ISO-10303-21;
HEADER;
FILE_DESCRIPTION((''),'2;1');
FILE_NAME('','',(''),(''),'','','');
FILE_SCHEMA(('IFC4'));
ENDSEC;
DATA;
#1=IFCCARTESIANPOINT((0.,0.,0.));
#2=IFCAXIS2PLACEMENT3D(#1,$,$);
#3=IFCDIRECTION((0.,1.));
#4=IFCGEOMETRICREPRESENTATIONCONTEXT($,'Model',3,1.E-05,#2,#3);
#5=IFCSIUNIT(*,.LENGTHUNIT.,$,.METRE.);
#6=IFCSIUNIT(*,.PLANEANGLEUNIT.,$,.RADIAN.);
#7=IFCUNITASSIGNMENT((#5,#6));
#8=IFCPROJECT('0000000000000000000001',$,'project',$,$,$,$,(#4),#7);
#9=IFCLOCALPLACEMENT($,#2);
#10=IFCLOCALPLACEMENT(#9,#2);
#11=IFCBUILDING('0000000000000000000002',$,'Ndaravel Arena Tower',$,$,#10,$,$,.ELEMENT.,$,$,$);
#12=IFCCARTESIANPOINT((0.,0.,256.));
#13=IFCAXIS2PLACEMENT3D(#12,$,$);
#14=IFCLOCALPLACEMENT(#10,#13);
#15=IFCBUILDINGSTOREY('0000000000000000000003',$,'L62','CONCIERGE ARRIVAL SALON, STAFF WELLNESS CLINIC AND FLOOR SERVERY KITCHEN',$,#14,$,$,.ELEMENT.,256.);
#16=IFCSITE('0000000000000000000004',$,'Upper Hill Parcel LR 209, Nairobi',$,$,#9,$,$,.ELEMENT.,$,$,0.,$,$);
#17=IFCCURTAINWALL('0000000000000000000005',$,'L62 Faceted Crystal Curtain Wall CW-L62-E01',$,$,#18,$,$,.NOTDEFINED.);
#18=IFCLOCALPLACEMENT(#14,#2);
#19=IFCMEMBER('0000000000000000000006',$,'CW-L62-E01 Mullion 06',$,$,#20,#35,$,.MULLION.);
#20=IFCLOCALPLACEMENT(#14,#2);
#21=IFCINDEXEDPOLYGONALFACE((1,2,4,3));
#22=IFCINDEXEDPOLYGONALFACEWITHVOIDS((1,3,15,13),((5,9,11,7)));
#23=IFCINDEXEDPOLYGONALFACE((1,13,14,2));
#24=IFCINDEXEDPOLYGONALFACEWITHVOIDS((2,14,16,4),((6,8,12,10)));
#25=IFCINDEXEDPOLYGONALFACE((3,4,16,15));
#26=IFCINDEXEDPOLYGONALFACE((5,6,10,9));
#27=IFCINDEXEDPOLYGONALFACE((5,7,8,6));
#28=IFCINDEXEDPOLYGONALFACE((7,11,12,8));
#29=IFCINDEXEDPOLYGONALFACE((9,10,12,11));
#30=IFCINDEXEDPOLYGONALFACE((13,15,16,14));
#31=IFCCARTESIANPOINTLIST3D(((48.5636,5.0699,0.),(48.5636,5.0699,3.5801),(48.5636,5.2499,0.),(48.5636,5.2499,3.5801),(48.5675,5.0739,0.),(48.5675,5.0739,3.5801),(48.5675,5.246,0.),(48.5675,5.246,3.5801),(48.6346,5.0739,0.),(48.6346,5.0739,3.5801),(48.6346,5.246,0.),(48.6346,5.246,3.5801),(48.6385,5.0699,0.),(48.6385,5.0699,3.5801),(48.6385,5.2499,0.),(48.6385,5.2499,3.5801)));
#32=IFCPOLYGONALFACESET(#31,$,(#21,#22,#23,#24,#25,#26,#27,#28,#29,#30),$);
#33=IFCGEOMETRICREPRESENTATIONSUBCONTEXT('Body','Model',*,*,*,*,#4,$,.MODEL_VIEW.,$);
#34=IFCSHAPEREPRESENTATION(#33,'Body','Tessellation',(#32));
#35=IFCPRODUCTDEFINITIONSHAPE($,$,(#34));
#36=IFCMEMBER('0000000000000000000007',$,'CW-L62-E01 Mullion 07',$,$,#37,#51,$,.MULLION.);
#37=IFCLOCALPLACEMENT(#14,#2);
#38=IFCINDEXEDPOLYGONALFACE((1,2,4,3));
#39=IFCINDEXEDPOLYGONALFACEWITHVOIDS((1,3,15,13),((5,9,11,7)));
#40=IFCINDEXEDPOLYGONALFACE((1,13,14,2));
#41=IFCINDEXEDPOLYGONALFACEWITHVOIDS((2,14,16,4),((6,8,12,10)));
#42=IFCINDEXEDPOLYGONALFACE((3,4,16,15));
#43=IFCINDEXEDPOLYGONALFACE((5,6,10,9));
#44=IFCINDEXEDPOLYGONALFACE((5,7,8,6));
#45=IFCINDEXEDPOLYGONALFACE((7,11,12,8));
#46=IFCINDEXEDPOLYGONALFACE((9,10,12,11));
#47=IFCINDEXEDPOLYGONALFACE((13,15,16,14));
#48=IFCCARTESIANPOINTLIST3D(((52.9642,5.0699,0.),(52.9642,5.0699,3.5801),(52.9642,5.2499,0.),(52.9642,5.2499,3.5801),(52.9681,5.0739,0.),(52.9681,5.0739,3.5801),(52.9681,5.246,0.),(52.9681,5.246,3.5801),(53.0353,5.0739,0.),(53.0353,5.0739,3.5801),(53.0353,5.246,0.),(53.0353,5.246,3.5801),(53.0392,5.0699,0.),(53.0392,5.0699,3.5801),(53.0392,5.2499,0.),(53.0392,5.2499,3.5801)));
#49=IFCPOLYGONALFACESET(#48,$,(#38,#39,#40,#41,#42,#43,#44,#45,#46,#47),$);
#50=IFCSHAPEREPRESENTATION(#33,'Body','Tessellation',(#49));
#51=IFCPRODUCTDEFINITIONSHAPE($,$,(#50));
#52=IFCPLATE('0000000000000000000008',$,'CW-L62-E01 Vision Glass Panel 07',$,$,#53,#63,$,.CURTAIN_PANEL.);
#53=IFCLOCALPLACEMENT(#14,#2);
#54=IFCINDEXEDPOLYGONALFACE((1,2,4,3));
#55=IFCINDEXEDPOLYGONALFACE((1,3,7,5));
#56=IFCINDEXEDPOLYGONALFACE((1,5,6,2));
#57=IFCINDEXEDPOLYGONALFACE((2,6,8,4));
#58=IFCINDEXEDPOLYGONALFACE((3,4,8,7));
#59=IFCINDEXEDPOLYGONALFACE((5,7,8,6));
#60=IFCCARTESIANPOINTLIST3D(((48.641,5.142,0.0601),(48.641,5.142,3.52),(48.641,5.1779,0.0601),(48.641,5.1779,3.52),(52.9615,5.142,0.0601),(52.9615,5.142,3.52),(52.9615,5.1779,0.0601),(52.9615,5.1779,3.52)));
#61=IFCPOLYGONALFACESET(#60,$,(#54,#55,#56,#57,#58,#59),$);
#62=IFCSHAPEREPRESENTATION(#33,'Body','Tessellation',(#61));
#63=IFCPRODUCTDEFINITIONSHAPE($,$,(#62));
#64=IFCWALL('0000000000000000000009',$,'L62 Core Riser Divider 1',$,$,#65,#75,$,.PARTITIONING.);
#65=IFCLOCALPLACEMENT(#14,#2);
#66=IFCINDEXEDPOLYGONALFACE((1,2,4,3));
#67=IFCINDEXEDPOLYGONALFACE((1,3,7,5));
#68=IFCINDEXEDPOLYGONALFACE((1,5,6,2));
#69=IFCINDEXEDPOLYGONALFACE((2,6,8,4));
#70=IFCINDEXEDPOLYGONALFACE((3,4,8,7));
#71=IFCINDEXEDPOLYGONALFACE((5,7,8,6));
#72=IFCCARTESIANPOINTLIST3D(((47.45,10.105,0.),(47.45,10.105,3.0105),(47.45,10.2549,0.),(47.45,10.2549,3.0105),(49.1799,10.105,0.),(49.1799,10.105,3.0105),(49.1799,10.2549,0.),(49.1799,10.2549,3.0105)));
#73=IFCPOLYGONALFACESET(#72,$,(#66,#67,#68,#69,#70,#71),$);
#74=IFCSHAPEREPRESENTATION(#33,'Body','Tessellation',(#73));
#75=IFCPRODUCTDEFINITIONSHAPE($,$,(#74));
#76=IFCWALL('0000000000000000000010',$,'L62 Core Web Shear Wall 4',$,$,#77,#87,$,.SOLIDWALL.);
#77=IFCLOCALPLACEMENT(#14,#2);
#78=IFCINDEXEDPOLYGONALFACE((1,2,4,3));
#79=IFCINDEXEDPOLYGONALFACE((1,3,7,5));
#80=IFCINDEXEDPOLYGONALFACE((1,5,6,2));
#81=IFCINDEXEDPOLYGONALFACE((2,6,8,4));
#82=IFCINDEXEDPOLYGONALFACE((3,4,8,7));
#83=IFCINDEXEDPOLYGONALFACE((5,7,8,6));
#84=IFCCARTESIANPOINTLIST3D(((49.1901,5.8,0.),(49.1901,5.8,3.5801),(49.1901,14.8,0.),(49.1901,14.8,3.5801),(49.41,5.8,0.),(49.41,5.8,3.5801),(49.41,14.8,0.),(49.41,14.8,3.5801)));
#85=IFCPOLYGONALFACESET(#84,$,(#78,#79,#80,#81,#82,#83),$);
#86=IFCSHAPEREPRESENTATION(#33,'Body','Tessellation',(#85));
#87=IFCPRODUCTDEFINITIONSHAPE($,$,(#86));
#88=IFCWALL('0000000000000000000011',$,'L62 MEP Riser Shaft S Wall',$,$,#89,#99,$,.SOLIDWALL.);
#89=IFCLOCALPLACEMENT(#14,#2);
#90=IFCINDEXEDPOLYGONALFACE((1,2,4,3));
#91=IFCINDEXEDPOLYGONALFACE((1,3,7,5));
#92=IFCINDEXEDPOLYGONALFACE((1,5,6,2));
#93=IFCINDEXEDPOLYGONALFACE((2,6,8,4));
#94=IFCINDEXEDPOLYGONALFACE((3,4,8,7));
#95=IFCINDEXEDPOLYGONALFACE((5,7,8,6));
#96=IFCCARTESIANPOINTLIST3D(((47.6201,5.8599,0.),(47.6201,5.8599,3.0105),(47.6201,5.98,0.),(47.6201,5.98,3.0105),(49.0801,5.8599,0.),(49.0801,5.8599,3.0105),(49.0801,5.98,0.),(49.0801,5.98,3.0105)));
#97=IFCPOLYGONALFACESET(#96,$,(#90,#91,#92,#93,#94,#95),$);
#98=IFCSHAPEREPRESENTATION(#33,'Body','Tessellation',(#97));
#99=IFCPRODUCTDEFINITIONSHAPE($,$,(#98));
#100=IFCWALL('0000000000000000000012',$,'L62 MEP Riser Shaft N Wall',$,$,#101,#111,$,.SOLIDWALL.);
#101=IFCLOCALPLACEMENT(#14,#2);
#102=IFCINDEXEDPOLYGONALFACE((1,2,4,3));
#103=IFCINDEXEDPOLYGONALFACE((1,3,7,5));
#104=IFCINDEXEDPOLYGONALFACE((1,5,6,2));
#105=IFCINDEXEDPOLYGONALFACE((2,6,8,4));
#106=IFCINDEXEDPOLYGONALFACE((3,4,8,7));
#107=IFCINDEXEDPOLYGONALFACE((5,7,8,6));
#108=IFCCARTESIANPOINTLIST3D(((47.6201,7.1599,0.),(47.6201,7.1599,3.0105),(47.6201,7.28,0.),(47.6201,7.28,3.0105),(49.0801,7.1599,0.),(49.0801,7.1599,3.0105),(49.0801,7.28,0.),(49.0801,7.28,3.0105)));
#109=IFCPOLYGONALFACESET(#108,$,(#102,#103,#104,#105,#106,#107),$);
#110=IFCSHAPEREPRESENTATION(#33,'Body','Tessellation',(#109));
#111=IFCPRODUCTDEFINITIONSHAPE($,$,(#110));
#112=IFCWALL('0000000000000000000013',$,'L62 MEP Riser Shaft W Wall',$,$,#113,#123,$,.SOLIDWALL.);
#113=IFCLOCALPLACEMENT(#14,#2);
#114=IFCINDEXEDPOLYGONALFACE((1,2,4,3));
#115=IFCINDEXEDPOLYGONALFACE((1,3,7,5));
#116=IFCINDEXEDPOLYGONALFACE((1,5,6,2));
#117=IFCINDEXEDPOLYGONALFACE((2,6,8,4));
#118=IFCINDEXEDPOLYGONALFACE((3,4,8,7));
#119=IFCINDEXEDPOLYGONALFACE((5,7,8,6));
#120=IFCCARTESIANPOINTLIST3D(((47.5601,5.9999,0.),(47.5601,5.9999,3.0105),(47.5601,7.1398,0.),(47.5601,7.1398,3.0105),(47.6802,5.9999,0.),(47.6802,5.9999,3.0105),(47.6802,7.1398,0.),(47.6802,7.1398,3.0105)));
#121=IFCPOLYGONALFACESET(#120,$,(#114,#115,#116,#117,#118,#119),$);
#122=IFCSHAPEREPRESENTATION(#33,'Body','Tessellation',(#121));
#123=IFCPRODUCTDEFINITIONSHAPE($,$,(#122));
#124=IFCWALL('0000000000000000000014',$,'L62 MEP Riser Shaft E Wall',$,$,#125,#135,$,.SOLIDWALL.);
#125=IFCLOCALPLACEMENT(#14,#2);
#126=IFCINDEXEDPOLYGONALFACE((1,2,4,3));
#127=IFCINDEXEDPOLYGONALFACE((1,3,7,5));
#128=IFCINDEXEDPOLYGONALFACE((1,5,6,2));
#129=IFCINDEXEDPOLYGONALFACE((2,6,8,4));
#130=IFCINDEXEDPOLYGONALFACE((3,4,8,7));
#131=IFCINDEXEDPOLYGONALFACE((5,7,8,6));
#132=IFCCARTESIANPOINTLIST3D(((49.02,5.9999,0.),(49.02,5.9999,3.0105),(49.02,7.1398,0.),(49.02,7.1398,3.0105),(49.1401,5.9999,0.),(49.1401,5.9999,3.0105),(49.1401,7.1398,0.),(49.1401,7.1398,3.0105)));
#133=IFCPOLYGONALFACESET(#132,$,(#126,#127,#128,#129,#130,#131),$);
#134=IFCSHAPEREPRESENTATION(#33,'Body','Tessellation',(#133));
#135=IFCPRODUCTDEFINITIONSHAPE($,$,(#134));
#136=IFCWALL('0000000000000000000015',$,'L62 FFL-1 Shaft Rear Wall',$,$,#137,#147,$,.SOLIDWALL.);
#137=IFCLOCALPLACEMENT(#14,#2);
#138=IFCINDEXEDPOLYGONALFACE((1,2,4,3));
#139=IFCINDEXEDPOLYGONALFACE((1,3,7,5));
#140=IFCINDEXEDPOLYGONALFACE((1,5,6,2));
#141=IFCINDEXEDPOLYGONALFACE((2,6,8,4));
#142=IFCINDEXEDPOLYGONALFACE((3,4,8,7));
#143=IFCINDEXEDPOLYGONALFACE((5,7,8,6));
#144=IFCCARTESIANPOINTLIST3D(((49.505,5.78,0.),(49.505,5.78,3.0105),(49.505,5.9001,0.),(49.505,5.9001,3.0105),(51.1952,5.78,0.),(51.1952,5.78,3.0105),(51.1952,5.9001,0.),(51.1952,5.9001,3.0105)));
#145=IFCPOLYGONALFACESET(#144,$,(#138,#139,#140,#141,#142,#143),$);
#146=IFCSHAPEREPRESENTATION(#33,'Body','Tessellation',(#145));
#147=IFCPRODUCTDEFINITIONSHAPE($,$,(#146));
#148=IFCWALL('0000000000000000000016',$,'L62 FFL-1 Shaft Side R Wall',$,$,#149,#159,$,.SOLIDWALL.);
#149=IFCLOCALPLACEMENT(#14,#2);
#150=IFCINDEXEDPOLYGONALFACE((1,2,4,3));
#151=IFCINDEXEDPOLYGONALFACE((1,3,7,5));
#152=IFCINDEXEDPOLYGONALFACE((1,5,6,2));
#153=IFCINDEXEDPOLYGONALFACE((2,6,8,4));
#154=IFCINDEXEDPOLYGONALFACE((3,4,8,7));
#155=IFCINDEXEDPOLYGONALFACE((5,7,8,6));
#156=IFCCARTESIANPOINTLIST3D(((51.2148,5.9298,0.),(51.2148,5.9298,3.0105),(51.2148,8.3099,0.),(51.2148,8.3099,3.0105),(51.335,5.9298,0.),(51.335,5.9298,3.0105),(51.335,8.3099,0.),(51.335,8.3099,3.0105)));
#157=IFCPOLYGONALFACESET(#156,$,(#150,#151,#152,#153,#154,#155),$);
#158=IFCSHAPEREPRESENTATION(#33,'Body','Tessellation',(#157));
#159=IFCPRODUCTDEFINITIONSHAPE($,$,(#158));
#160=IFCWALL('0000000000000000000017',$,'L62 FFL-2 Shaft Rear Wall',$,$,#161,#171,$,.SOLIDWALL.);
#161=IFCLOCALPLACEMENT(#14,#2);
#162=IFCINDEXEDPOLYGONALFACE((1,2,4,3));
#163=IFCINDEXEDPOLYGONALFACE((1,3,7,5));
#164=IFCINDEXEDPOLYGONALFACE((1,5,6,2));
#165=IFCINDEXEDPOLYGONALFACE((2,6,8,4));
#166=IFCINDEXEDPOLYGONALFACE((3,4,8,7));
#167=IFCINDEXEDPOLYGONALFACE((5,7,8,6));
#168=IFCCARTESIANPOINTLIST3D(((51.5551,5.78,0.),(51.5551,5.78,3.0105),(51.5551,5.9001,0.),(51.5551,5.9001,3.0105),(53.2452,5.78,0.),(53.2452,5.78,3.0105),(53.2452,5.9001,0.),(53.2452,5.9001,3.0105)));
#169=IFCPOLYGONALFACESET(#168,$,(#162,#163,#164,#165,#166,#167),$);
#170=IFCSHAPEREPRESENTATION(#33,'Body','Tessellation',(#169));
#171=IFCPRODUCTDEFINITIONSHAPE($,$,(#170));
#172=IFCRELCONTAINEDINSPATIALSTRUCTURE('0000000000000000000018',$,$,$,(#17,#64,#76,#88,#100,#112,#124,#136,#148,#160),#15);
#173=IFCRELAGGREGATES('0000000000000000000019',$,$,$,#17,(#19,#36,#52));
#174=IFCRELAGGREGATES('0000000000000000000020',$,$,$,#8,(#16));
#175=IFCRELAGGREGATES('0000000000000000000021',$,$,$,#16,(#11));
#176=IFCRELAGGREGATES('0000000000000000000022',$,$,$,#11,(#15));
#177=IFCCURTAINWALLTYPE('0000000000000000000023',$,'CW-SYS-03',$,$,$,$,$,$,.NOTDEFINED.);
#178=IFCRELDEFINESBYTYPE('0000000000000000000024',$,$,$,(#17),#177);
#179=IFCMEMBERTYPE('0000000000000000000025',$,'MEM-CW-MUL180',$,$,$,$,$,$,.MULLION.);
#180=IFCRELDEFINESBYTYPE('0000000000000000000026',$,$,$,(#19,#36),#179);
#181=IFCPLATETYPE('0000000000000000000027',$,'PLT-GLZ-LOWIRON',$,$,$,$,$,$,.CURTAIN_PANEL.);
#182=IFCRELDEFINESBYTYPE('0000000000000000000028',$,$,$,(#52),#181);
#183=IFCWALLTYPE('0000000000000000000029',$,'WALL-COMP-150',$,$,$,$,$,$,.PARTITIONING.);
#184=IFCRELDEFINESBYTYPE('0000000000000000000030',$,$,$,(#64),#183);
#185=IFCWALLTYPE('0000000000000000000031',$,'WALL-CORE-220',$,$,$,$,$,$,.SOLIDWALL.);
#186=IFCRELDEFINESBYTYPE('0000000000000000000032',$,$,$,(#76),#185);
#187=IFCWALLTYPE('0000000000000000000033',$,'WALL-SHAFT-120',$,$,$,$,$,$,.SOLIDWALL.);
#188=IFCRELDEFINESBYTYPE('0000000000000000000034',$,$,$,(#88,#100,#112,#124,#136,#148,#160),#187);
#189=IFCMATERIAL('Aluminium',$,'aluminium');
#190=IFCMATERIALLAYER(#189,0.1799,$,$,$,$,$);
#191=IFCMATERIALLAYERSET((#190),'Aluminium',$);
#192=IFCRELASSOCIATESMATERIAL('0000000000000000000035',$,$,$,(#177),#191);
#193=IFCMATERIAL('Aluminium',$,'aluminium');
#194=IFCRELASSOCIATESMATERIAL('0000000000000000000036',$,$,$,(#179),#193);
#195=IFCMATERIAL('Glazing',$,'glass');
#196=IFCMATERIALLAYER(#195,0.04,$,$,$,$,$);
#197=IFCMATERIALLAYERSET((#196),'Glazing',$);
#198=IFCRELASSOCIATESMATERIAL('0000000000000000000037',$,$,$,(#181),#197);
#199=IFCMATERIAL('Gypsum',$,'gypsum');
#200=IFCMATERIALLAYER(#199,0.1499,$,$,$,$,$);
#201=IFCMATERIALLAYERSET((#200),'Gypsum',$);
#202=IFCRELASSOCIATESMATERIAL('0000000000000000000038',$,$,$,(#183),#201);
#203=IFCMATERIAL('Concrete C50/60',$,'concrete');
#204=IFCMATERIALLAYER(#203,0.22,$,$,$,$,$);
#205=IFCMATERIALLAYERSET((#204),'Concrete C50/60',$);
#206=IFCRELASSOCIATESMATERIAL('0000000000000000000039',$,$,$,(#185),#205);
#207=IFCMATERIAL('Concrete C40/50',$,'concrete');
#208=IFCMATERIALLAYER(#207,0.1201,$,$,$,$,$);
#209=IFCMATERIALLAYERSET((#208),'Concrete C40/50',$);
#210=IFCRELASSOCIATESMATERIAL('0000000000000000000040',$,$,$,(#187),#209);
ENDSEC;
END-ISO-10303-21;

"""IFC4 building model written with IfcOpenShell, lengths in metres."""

from ifc_helpers import new_model, si_unit, direction, frame, frame_2d, origin, origin_2d, place, context, subcontext, project, spatial, rectangle, hollow_rectangle, extrude, material, layer, layer_set, material_profile, profile_set, type_object, element, aggregate, save


model = new_model("IFC4")

# Units and contexts
model_context = context("Model", 3, precision=1e-05, world=origin(), true_north=direction((0.0, 1.0)))
body_context = subcontext(model_context, "Body", "Model", "MODEL_VIEW")
ifc_project = project(units=[si_unit("LENGTHUNIT", "METRE"), si_unit("PLANEANGLEUNIT", "RADIAN")], contexts=[model_context])

# Site, building, storey
site_placement = place(None, origin())
site = spatial("IfcSite", under=ifc_project, at=site_placement, Name="Upper Hill Parcel LR 209, Nairobi", CompositionType="ELEMENT", RefElevation=0.0)
building_placement = place(site_placement, origin())
building = spatial("IfcBuilding", under=site, at=building_placement, Name="Ndaravel Arena Tower", CompositionType="ELEMENT")
storey_placement = place(building_placement, frame((0.0, 0.0, 256.0)))
storey = spatial("IfcBuildingStorey", under=building, at=storey_placement, Name="L62", Description="CONCIERGE ARRIVAL SALON, STAFF WELLNESS CLINIC AND FLOOR SERVERY KITCHEN", CompositionType="ELEMENT", Elevation=256.0)

# Curtain wall, members, plate
ifc_material_1 = material(Name="Aluminium", Category="aluminium")
ifc_layer_1 = layer(ifc_material_1, 0.1799)
ifc_layer_set_1 = layer_set([ifc_layer_1], Name="Aluminium")
curtain_wall_type = type_object("IfcCurtainWallType", Name="CW-SYS-03", PredefinedType="NOTDEFINED", material=ifc_layer_set_1)
curtain_wall_placement = place(storey_placement, origin())
curtain_wall = element("IfcCurtainWall", 1, at=curtain_wall_placement, inside=storey, type_object=curtain_wall_type, Name="L62 Faceted Crystal Curtain Wall CW-L62-E01", PredefinedType="NOTDEFINED")
ifc_material_2 = material(Name="Aluminium", Category="aluminium")
ifc_material_profile = material_profile(ifc_material_2, hollow_rectangle(XDim=0.075, YDim=0.1799, WallThickness=0.0039, at=origin_2d()), Name="CW MULLION 75x180x4")
ifc_profile_set = profile_set([ifc_material_profile], Name="Aluminium")
member_type = type_object("IfcMemberType", Name="MEM-CW-MUL180", PredefinedType="MULLION", material=ifc_profile_set)
member_1_placement = place(storey_placement, frame((48.6011, 5.1599, 0.0), z_axis=(0.0, 0.0, 1.0), x_axis=(1.0, 0.0, 0.0)))
member_1 = element("IfcMember", 2, at=member_1_placement, type_object=member_type, Name="CW-L62-E01 Mullion 06", PredefinedType="MULLION", context=body_context, shape_type="SweptSolid", body=[
    extrude(hollow_rectangle(XDim=0.075, YDim=0.1799, WallThickness=0.0039, at=origin_2d()), origin(), (0.0, 0.0, 1.0), 3.5801),
])
member_2_placement = place(storey_placement, frame((53.0017, 5.1599, 0.0), z_axis=(0.0, 0.0, 1.0), x_axis=(1.0, 0.0, 0.0)))
member_2 = element("IfcMember", 3, at=member_2_placement, type_object=member_type, Name="CW-L62-E01 Mullion 07", PredefinedType="MULLION", context=body_context, shape_type="SweptSolid", body=[
    extrude(hollow_rectangle(XDim=0.075, YDim=0.1799, WallThickness=0.0039, at=origin_2d()), origin(), (0.0, 0.0, 1.0), 3.5801),
])
ifc_material_3 = material(Name="Glazing", Category="glass")
ifc_layer_2 = layer(ifc_material_3, 0.04)
ifc_layer_set_2 = layer_set([ifc_layer_2], Name="Glazing")
plate_type = type_object("IfcPlateType", Name="PLT-GLZ-LOWIRON", PredefinedType="CURTAIN_PANEL", material=ifc_layer_set_2)
plate_placement = place(storey_placement, frame((50.8013, 5.1599, 0.0601), z_axis=(0.0, 0.0, 1.0), x_axis=(1.0, 0.0, 0.0)))
plate = element("IfcPlate", 4, at=plate_placement, type_object=plate_type, Name="CW-L62-E01 Vision Glass Panel 07", PredefinedType="CURTAIN_PANEL", context=body_context, shape_type="SweptSolid", body=[
    extrude(rectangle(XDim=4.3206, YDim=0.0359, at=origin_2d()), origin(), (0.0, 0.0, 1.0), 3.46),
])
aggregate(curtain_wall, [member_1, member_2, plate])

# Walls
ifc_material_4 = material(Name="Gypsum", Category="gypsum")
ifc_layer_3 = layer(ifc_material_4, 0.1499)
ifc_layer_set_3 = layer_set([ifc_layer_3], Name="Gypsum")
wall_type_1 = type_object("IfcWallType", Name="WALL-COMP-150", PredefinedType="PARTITIONING", material=ifc_layer_set_3)
wall_1_placement = place(storey_placement, frame((47.45, 10.1799, 0.0), z_axis=(0.0, 0.0, 1.0), x_axis=(1.0, 0.0, 0.0)))
element("IfcWall", 5, at=wall_1_placement, inside=storey, type_object=wall_type_1, Name="L62 Core Riser Divider 1", PredefinedType="PARTITIONING", context=body_context, shape_type="SweptSolid", body=[
    extrude(rectangle(XDim=1.73, YDim=0.1499, at=frame_2d((0.865, 0.0))), origin(), (0.0, 0.0, 1.0), 3.0105),
])
ifc_material_5 = material(Name="Concrete C50/60", Category="concrete")
ifc_layer_4 = layer(ifc_material_5, 0.22)
ifc_layer_set_4 = layer_set([ifc_layer_4], Name="Concrete C50/60")
wall_type_2 = type_object("IfcWallType", Name="WALL-CORE-220", PredefinedType="SOLIDWALL", material=ifc_layer_set_4)
wall_2_placement = place(storey_placement, frame((49.3, 5.8, 0.0), z_axis=(0.0, 0.0, 1.0), x_axis=(0.0, 1.0, 0.0)))
element("IfcWall", 6, at=wall_2_placement, inside=storey, type_object=wall_type_2, Name="L62 Core Web Shear Wall 4", PredefinedType="SOLIDWALL", context=body_context, shape_type="SweptSolid", body=[
    extrude(rectangle(XDim=9.0, YDim=0.22, at=frame_2d((4.5, 0.0))), origin(), (0.0, 0.0, 1.0), 3.5801),
])

# Walls
ifc_material_6 = material(Name="Concrete C40/50", Category="concrete")
ifc_layer_5 = layer(ifc_material_6, 0.1201)
ifc_layer_set_5 = layer_set([ifc_layer_5], Name="Concrete C40/50")
wall_type_3 = type_object("IfcWallType", Name="WALL-SHAFT-120", PredefinedType="SOLIDWALL", material=ifc_layer_set_5)
for number, where, z_axis, x_axis, name in (
    (7, (47.6201, 5.9199, 0.0), (0.0, 0.0, 1.0), (1.0, 0.0, 0.0), "L62 MEP Riser Shaft S Wall"),
    (8, (47.6201, 7.22, 0.0), (0.0, 0.0, 1.0), (1.0, 0.0, 0.0), "L62 MEP Riser Shaft N Wall"),
):
    element("IfcWall", number, at=place(storey_placement, frame(where, z_axis=z_axis, x_axis=x_axis)), inside=storey, type_object=wall_type_3, Name=name, PredefinedType="SOLIDWALL", context=body_context, shape_type="SweptSolid", body=[
        extrude(rectangle(XDim=1.46, YDim=0.1201, at=frame_2d((0.73, 0.0))), origin(), (0.0, 0.0, 1.0), 3.0105),
    ])
for number, where, z_axis, x_axis, name in (
    (9, (47.6201, 6.0, 0.0), (0.0, 0.0, 1.0), (0.0, 1.0, 0.0), "L62 MEP Riser Shaft W Wall"),
    (10, (49.0801, 6.0, 0.0), (0.0, 0.0, 1.0), (0.0, 1.0, 0.0), "L62 MEP Riser Shaft E Wall"),
):
    element("IfcWall", number, at=place(storey_placement, frame(where, z_axis=z_axis, x_axis=x_axis)), inside=storey, type_object=wall_type_3, Name=name, PredefinedType="SOLIDWALL", context=body_context, shape_type="SweptSolid", body=[
        extrude(rectangle(XDim=1.1399, YDim=0.1201, at=frame_2d((0.5698, 0.0))), origin(), (0.0, 0.0, 1.0), 3.0105),
    ])
wall_3_placement = place(storey_placement, frame((49.5049, 5.8401, 0.0), z_axis=(0.0, 0.0, 1.0), x_axis=(1.0, 0.0, 0.0)))
element("IfcWall", 11, at=wall_3_placement, inside=storey, type_object=wall_type_3, Name="L62 FFL-1 Shaft Rear Wall", PredefinedType="SOLIDWALL", context=body_context, shape_type="SweptSolid", body=[
    extrude(rectangle(XDim=1.6902, YDim=0.1201, at=frame_2d((0.8452, 0.0))), origin(), (0.0, 0.0, 1.0), 3.0105),
])
wall_4_placement = place(storey_placement, frame((51.2749, 5.9299, 0.0), z_axis=(0.0, 0.0, 1.0), x_axis=(0.0, 1.0, 0.0)))
element("IfcWall", 12, at=wall_4_placement, inside=storey, type_object=wall_type_3, Name="L62 FFL-1 Shaft Side R Wall", PredefinedType="SOLIDWALL", context=body_context, shape_type="SweptSolid", body=[
    extrude(rectangle(XDim=2.3801, YDim=0.1201, at=frame_2d((1.1899, 0.0))), origin(), (0.0, 0.0, 1.0), 3.0105),
])
wall_5_placement = place(storey_placement, frame((51.5549, 5.8401, 0.0), z_axis=(0.0, 0.0, 1.0), x_axis=(1.0, 0.0, 0.0)))
element("IfcWall", 13, at=wall_5_placement, inside=storey, type_object=wall_type_3, Name="L62 FFL-2 Shaft Rear Wall", PredefinedType="SOLIDWALL", context=body_context, shape_type="SweptSolid", body=[
    extrude(rectangle(XDim=1.6902, YDim=0.1201, at=frame_2d((0.8452, 0.0))), origin(), (0.0, 0.0, 1.0), 3.0105),
])

save(model, "model.ifc")
